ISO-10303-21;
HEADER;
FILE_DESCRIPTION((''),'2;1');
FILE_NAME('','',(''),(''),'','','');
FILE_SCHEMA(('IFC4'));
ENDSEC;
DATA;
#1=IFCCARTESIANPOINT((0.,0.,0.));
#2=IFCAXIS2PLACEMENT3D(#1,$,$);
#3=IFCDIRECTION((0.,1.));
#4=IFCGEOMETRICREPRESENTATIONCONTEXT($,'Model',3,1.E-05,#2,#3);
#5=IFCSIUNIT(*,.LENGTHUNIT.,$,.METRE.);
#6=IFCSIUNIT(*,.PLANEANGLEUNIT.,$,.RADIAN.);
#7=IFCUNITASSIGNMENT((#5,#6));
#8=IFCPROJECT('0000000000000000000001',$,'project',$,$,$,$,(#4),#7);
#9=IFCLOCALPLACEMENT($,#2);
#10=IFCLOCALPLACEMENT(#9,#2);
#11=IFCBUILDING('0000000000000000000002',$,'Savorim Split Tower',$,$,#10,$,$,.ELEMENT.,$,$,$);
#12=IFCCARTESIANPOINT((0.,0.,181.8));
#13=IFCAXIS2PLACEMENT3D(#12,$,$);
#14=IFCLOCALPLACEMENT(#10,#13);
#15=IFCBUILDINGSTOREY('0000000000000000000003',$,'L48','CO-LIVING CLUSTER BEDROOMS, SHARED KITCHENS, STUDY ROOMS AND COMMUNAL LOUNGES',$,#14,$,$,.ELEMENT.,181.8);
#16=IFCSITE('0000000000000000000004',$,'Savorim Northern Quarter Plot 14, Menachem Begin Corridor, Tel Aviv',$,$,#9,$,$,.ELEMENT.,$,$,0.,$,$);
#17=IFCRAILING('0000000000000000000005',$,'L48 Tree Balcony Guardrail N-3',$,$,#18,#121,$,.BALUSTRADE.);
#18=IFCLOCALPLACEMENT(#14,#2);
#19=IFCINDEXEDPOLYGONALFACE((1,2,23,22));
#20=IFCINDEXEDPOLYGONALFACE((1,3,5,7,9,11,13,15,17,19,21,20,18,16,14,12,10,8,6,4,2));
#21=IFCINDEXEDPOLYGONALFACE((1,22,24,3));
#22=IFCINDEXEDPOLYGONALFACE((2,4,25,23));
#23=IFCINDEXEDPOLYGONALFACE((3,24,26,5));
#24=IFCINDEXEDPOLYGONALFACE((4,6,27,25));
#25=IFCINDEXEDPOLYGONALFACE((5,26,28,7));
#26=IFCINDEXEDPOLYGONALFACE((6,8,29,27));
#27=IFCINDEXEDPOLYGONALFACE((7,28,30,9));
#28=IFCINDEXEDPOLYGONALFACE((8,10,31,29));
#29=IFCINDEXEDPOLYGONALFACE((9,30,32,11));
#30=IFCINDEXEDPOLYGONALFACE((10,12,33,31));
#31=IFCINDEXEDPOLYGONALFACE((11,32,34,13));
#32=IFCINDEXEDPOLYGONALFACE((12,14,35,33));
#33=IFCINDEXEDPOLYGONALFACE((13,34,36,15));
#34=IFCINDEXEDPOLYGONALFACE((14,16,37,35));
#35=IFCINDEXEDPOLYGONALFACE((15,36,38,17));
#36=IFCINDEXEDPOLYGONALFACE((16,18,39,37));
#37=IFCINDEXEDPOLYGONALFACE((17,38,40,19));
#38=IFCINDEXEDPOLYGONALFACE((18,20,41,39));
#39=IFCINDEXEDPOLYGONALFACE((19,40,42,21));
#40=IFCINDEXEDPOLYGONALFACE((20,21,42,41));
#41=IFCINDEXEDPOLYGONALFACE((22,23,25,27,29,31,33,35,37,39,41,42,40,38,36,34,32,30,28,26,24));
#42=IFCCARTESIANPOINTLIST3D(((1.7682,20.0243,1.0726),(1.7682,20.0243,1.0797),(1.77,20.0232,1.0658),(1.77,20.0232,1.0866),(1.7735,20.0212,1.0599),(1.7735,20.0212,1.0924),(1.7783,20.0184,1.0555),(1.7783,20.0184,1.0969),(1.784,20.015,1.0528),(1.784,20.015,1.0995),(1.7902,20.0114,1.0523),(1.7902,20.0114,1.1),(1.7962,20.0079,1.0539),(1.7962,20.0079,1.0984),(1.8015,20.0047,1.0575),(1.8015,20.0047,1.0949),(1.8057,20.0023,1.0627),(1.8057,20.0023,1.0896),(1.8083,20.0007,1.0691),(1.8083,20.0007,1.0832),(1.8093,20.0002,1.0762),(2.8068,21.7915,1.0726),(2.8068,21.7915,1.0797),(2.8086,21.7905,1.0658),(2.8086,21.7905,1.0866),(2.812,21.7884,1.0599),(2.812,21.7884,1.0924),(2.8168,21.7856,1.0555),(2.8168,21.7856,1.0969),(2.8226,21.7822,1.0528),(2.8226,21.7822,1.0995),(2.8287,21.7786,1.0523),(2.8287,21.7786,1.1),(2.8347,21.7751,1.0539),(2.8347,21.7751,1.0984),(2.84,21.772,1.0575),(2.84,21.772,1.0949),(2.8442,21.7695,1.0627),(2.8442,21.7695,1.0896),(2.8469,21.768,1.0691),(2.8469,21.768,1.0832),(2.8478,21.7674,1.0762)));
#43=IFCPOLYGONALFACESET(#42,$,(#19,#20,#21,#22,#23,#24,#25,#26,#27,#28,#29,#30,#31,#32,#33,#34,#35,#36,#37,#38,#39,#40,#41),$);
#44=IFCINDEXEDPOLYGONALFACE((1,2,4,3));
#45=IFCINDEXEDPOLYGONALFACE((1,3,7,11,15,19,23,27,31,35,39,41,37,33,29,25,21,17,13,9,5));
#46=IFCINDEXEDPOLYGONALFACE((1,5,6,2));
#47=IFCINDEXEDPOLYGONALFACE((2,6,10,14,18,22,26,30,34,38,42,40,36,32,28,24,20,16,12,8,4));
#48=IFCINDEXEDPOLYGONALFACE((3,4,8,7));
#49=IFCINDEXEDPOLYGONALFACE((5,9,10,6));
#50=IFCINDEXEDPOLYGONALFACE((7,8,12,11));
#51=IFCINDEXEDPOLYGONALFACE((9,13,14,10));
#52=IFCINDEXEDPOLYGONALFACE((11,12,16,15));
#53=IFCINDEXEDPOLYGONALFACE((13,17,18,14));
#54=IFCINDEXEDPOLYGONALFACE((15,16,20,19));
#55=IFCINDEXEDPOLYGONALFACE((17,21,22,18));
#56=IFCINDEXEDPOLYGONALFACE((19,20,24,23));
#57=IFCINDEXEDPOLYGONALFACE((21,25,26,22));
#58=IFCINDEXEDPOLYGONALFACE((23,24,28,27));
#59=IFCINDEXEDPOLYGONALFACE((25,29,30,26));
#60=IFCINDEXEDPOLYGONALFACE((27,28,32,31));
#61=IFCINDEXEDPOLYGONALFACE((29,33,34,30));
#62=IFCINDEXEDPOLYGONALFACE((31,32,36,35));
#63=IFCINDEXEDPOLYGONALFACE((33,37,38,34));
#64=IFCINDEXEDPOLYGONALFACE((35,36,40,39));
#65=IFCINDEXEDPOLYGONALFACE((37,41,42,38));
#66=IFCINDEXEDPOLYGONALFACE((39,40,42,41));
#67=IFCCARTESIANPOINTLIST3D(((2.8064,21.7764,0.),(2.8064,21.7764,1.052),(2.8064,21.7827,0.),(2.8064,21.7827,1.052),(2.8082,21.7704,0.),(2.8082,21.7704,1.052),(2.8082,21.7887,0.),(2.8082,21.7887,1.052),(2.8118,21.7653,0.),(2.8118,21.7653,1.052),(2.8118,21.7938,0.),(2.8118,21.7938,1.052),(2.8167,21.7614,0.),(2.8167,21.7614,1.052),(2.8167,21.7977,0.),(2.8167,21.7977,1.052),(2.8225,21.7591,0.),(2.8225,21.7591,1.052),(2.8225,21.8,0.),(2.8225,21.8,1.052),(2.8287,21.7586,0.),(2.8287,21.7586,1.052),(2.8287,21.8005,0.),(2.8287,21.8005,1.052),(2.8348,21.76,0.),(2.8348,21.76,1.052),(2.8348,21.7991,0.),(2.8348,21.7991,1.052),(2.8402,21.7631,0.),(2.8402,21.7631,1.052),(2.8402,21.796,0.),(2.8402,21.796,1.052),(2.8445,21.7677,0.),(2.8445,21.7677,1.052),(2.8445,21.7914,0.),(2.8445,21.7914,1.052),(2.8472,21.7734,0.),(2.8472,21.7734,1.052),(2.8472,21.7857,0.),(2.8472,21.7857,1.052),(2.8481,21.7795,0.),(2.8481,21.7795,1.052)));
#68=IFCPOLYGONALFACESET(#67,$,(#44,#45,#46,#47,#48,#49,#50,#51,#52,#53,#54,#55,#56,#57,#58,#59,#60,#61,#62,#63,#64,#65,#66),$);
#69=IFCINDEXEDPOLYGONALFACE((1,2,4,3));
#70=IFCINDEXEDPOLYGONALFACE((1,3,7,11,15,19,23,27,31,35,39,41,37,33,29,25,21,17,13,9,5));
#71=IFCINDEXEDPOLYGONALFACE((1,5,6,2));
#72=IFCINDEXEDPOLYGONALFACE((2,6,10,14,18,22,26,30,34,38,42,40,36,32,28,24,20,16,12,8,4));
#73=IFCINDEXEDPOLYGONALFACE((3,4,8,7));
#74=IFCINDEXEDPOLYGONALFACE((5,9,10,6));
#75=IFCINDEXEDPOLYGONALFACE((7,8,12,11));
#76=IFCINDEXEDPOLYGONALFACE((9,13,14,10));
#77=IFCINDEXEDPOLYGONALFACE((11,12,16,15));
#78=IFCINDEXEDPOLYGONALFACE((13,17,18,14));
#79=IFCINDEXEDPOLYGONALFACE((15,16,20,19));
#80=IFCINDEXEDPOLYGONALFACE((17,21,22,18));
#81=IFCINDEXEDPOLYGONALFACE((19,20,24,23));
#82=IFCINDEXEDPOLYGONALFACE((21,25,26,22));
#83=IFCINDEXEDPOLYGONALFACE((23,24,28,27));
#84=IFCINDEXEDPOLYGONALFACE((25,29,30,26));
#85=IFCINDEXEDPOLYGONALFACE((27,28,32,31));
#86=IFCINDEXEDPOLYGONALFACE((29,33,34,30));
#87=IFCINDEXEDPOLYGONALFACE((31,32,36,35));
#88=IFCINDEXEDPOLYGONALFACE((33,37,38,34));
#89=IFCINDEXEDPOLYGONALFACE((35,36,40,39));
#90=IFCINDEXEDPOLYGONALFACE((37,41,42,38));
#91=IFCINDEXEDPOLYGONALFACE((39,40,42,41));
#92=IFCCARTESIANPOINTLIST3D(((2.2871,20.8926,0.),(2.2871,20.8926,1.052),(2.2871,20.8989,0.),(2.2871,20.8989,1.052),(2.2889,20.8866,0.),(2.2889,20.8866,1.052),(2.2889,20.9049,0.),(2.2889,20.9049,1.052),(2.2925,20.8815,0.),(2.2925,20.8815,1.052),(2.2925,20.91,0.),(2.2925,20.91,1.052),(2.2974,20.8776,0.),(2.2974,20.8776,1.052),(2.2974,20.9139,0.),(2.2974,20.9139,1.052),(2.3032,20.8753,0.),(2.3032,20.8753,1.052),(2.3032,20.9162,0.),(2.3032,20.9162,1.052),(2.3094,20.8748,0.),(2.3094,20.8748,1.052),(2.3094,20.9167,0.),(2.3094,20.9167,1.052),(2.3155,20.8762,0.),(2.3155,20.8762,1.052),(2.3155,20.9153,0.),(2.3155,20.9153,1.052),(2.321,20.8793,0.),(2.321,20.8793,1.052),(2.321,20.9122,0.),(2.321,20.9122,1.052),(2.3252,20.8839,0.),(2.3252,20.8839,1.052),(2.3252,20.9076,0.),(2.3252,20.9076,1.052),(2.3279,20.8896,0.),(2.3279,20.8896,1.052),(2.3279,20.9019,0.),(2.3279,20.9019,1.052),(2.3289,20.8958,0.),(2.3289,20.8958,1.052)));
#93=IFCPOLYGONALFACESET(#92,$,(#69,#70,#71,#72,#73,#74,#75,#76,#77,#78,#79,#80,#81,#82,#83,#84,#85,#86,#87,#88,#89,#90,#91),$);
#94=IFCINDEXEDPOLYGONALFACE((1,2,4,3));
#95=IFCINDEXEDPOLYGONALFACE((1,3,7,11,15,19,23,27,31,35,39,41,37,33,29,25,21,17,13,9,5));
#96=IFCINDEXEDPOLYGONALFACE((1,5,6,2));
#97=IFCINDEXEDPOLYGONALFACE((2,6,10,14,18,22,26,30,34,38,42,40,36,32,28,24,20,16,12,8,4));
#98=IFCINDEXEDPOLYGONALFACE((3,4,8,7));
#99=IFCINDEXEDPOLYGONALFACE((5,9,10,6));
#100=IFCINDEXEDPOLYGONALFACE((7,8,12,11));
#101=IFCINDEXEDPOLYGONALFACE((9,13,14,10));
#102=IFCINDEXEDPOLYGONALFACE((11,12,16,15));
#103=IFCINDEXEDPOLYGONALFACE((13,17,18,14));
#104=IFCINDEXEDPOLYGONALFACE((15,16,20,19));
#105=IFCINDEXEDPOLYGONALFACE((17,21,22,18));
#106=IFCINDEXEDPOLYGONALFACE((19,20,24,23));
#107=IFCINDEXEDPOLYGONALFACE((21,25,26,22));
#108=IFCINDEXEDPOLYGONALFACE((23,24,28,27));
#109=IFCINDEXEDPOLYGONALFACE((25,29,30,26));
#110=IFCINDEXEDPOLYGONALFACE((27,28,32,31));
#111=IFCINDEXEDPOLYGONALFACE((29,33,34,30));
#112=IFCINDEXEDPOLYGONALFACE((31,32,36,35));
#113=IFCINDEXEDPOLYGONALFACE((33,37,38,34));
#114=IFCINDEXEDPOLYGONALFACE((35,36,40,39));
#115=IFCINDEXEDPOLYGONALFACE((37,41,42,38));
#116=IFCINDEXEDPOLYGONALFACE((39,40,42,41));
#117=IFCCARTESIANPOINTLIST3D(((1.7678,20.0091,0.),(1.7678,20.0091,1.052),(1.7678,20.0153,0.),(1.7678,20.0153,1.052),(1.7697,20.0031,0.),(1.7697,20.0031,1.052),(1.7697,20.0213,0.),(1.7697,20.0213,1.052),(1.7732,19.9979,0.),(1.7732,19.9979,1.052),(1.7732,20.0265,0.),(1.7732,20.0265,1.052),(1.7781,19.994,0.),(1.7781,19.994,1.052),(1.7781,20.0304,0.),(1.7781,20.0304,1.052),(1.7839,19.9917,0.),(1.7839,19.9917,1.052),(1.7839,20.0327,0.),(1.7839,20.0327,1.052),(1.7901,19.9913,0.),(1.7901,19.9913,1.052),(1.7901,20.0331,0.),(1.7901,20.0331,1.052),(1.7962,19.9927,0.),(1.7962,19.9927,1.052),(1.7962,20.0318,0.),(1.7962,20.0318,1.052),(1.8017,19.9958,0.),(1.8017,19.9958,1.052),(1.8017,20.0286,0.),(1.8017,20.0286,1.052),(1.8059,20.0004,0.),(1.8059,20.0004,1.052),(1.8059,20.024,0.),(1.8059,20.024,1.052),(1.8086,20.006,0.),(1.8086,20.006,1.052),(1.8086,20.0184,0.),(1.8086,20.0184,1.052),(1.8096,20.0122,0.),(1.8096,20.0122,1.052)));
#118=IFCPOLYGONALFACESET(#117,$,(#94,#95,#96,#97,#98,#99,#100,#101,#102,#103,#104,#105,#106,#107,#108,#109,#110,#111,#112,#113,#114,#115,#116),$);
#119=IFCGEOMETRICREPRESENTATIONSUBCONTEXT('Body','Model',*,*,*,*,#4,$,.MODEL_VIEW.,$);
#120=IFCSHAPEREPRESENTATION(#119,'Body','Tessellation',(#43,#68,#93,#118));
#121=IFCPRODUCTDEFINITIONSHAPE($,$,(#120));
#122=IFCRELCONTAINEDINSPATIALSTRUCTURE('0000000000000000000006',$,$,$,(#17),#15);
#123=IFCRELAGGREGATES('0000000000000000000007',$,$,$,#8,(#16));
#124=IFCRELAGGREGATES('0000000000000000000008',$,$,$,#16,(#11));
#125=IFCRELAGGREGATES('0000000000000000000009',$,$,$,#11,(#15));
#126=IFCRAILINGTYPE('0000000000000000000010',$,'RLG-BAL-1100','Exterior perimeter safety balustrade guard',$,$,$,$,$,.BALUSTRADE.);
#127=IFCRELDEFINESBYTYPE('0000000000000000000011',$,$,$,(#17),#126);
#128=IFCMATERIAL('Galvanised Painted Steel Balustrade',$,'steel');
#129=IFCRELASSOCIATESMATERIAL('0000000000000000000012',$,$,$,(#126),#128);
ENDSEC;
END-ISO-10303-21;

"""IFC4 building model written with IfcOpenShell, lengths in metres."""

from ifc_helpers import new_model, si_unit, direction, frame, origin, origin_2d, place, context, subcontext, project, spatial, circle, extrude, material, type_object, element, save


model = new_model("IFC4")

# Units and contexts
model_context = context("Model", 3, precision=1e-05, world=origin(), true_north=direction((0.0, 1.0)))
body_context = subcontext(model_context, "Body", "Model", "MODEL_VIEW")
ifc_project = project(units=[si_unit("LENGTHUNIT", "METRE"), si_unit("PLANEANGLEUNIT", "RADIAN")], contexts=[model_context])

# Site, building, storey
site_placement = place(None, origin())
site = spatial("IfcSite", under=ifc_project, at=site_placement, Name="Savorim Northern Quarter Plot 14, Menachem Begin Corridor, Tel Aviv", CompositionType="ELEMENT", RefElevation=0.0)
building_placement = place(site_placement, origin())
building = spatial("IfcBuilding", under=site, at=building_placement, Name="Savorim Split Tower", CompositionType="ELEMENT")
storey_placement = place(building_placement, frame((0.0, 0.0, 181.8)))
storey = spatial("IfcBuildingStorey", under=building, at=storey_placement, Name="L48", Description="CO-LIVING CLUSTER BEDROOMS, SHARED KITCHENS, STUDY ROOMS AND COMMUNAL LOUNGES", CompositionType="ELEMENT", Elevation=181.8)

# Railing
ifc_material_1 = material(Name="Galvanised Painted Steel Balustrade", Category="steel")
railing_type_1 = type_object("IfcRailingType", Name="RLG-BAL-1100", Description="Exterior perimeter safety balustrade guard", PredefinedType="BALUSTRADE", material=ifc_material_1)
railing_1_placement = place(storey_placement, frame((2.8271, 21.7795, 0.0)))
element("IfcRailing", 1, at=railing_1_placement, inside=storey, type_object=railing_type_1, Name="L48 Tree Balcony Guardrail N-3", PredefinedType="BALUSTRADE", context=body_context, shape_type="SweptSolid", body=[
    extrude(circle(Radius=0.0239, at=origin_2d()), frame((0.0, 0.0, 1.0762), z_axis=(-0.506645, -0.862155, 0.0), x_axis=(0.862155, -0.506645, 0.0)), (0.0, 0.0, 1.0), 2.0498),
    extrude(circle(Radius=0.021, at=origin_2d()), origin(), (0.0, 0.0, 1.0), 1.052),
    extrude(circle(Radius=0.021, at=origin_2d()), frame((-0.5193, -0.8838, 0.0)), (0.0, 0.0, 1.0), 1.052),
    extrude(circle(Radius=0.021, at=origin_2d()), frame((-1.0386, -1.7673, 0.0)), (0.0, 0.0, 1.0), 1.052),
])

save(model, "model.ifc")
